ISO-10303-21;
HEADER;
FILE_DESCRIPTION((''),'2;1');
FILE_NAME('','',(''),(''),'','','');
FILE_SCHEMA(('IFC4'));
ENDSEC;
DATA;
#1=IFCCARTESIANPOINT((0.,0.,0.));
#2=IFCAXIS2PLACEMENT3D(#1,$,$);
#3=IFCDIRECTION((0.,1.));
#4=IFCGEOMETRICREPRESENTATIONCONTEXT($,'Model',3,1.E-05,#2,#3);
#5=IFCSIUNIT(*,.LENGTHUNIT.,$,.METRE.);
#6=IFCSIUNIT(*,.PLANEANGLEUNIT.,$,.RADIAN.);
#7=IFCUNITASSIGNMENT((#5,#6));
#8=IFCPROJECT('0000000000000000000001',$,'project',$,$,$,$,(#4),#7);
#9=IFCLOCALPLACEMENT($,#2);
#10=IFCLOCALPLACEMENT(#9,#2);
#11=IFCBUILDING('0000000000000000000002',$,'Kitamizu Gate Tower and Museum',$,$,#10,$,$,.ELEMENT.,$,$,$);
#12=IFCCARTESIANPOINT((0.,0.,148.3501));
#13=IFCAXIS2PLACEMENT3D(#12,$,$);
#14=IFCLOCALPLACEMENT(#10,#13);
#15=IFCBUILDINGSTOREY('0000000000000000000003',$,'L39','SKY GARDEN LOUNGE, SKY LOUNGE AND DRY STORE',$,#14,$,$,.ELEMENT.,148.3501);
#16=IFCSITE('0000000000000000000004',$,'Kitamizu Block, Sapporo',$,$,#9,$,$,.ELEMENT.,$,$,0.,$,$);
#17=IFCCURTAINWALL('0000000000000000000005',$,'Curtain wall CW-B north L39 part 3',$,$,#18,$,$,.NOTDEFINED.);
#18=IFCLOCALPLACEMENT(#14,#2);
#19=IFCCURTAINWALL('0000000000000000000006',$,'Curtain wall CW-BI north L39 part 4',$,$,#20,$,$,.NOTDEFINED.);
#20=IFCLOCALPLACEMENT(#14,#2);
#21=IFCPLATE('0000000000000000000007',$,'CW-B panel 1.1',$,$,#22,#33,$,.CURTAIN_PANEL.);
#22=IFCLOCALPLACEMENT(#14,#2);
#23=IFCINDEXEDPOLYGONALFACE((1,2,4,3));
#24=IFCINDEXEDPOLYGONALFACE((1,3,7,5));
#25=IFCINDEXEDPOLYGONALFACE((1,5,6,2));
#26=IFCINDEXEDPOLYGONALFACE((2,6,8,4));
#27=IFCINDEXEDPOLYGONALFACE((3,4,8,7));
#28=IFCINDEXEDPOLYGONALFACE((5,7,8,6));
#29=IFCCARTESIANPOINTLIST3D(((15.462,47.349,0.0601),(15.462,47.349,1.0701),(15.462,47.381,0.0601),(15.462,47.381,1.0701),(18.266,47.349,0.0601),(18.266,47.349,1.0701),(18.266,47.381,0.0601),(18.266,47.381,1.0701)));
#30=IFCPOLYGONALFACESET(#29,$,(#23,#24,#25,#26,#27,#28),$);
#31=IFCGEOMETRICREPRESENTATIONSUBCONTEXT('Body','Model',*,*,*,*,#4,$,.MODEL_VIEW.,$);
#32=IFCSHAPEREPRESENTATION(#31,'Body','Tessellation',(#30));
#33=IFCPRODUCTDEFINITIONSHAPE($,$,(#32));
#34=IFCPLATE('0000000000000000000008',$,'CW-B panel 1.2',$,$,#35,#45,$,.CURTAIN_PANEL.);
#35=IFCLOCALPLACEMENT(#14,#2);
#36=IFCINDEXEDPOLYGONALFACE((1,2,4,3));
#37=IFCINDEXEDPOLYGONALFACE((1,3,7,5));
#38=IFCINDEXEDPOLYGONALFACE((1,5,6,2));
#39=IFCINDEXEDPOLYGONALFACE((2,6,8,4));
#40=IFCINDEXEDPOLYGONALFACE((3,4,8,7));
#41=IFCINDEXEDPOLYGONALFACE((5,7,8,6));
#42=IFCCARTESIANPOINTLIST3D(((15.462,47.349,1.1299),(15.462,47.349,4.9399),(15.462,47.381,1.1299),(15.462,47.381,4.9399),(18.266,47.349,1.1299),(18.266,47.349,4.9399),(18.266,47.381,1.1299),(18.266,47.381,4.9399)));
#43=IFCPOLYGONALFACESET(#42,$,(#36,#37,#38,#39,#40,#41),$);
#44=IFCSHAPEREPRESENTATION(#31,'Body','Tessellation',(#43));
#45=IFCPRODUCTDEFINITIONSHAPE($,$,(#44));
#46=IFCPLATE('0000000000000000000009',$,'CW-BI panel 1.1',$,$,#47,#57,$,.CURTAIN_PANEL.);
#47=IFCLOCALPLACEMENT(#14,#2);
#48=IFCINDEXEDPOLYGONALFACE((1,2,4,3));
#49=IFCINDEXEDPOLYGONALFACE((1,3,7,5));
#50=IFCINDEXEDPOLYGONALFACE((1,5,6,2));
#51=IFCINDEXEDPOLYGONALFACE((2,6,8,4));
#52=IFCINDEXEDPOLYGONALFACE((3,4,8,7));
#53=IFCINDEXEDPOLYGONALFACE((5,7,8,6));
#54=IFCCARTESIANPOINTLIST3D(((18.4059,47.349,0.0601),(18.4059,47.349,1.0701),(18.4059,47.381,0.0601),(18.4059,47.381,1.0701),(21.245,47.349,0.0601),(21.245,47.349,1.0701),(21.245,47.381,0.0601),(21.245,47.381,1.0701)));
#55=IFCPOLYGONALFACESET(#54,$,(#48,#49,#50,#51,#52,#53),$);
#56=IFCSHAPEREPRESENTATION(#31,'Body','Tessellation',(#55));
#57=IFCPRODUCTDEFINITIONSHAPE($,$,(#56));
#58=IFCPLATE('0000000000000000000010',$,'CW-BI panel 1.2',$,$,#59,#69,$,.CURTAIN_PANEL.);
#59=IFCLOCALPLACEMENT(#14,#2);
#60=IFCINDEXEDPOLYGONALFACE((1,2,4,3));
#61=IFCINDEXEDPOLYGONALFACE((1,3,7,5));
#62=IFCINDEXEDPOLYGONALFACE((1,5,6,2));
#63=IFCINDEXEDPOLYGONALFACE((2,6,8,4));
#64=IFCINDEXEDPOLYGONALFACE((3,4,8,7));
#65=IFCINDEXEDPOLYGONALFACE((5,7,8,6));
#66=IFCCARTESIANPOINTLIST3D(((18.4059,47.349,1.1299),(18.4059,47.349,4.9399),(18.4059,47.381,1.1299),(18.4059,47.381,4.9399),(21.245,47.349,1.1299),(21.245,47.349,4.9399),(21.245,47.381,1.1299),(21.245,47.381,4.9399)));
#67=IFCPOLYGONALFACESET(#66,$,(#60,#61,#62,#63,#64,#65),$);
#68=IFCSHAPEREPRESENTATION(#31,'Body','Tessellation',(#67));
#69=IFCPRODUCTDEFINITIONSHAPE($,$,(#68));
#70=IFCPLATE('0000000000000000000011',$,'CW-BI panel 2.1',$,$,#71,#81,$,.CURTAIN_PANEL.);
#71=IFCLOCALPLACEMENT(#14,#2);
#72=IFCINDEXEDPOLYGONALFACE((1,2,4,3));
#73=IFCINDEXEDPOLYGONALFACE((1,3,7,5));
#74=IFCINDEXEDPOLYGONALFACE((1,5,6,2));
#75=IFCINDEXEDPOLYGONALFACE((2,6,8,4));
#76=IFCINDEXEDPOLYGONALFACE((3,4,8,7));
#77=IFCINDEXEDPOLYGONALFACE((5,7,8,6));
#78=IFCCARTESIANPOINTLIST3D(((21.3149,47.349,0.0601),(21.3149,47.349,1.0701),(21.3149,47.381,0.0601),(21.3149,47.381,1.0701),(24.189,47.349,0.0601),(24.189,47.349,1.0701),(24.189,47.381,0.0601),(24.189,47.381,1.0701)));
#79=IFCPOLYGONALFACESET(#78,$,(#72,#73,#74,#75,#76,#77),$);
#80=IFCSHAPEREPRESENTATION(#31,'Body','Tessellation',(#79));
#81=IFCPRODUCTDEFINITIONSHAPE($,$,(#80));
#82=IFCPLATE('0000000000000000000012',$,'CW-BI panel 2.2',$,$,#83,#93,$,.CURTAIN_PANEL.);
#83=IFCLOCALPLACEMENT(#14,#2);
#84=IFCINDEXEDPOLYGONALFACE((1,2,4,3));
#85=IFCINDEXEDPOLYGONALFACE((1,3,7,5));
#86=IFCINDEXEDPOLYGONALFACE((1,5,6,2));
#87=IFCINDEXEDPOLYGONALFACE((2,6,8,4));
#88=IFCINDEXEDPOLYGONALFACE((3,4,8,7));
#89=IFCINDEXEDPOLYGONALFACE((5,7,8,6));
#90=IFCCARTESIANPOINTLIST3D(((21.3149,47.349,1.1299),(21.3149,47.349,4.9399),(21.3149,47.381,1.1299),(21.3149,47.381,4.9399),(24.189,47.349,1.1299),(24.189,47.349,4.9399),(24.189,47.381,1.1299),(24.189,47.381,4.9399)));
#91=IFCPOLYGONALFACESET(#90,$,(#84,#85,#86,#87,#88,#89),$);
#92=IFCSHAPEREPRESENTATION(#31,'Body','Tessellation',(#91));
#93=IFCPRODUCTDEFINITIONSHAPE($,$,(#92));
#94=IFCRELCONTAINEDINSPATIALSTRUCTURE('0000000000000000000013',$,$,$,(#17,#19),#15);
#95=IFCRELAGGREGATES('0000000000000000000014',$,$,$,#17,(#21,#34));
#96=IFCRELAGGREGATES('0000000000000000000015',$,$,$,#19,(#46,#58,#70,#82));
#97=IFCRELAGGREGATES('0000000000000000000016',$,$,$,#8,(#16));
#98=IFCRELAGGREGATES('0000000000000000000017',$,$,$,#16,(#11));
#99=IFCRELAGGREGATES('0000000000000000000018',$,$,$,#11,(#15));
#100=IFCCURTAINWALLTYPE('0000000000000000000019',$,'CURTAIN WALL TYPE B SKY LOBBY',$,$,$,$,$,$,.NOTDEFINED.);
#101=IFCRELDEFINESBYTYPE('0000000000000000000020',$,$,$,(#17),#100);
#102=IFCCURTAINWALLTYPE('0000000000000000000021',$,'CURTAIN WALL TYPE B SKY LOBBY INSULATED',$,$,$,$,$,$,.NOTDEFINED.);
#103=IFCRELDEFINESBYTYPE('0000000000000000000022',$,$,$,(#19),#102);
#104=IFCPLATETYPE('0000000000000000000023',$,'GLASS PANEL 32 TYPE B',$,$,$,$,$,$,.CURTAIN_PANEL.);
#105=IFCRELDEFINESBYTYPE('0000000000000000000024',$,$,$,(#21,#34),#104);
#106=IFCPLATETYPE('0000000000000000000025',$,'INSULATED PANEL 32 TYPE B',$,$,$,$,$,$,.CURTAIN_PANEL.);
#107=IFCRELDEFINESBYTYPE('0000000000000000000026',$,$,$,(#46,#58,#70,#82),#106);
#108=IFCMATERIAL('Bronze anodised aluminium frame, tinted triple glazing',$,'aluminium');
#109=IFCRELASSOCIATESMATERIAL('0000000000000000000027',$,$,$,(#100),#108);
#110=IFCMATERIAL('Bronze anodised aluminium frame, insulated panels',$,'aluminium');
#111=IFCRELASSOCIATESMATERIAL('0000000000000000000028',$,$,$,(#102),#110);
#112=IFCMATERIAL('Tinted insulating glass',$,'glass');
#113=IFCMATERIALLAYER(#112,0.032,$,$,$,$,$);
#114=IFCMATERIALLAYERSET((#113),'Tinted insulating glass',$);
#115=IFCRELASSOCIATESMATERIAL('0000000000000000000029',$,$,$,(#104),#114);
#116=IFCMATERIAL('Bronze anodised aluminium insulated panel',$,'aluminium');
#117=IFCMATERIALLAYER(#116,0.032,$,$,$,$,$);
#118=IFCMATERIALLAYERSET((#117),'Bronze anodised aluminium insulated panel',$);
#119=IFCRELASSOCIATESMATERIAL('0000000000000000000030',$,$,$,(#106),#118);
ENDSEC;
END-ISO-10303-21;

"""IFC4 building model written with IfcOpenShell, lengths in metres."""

from ifc_helpers import new_model, si_unit, direction, frame, origin, origin_2d, place, context, subcontext, project, spatial, rectangle, extrude, material, layer, layer_set, type_object, element, aggregate, save


model = new_model("IFC4")

# Units and contexts
model_context = context("Model", 3, precision=1e-05, world=origin(), true_north=direction((0.0, 1.0)))
body_context = subcontext(model_context, "Body", "Model", "MODEL_VIEW")
ifc_project = project(units=[si_unit("LENGTHUNIT", "METRE"), si_unit("PLANEANGLEUNIT", "RADIAN")], contexts=[model_context])

# Site, building, storey
site_placement = place(None, origin())
site = spatial("IfcSite", under=ifc_project, at=site_placement, Name="Kitamizu Block, Sapporo", CompositionType="ELEMENT", RefElevation=0.0)
building_placement = place(site_placement, origin())
building = spatial("IfcBuilding", under=site, at=building_placement, Name="Kitamizu Gate Tower and Museum", CompositionType="ELEMENT")
storey_placement = place(building_placement, frame((0.0, 0.0, 148.3501)))
storey = spatial("IfcBuildingStorey", under=building, at=storey_placement, Name="L39", Description="SKY GARDEN LOUNGE, SKY LOUNGE AND DRY STORE", CompositionType="ELEMENT", Elevation=148.3501)

# Curtain walls
ifc_material_1 = material(Name="Bronze anodised aluminium frame, tinted triple glazing", Category="aluminium")
curtain_wall_type_1 = type_object("IfcCurtainWallType", Name="CURTAIN WALL TYPE B SKY LOBBY", PredefinedType="NOTDEFINED", material=ifc_material_1)
curtain_wall_1_placement = place(storey_placement, origin())
curtain_wall_1 = element("IfcCurtainWall", 1, at=curtain_wall_1_placement, inside=storey, type_object=curtain_wall_type_1, Name="Curtain wall CW-B north L39 part 3", PredefinedType="NOTDEFINED")
ifc_material_2 = material(Name="Bronze anodised aluminium frame, insulated panels", Category="aluminium")
curtain_wall_type_2 = type_object("IfcCurtainWallType", Name="CURTAIN WALL TYPE B SKY LOBBY INSULATED", PredefinedType="NOTDEFINED", material=ifc_material_2)
curtain_wall_2_placement = place(storey_placement, origin())
curtain_wall_2 = element("IfcCurtainWall", 2, at=curtain_wall_2_placement, inside=storey, type_object=curtain_wall_type_2, Name="Curtain wall CW-BI north L39 part 4", PredefinedType="NOTDEFINED")

# Plates
ifc_material_3 = material(Name="Tinted insulating glass", Category="glass")
ifc_layer_1 = layer(ifc_material_3, 0.032)
ifc_layer_set_1 = layer_set([ifc_layer_1], Name="Tinted insulating glass")
plate_type_1 = type_object("IfcPlateType", Name="GLASS PANEL 32 TYPE B", PredefinedType="CURTAIN_PANEL", material=ifc_layer_set_1)
plate_1_placement = place(storey_placement, frame((16.864, 47.365, 0.0601), z_axis=(0.0, 0.0, 1.0), x_axis=(1.0, 0.0, 0.0)))
plate_1 = element("IfcPlate", 3, at=plate_1_placement, type_object=plate_type_1, Name="CW-B panel 1.1", PredefinedType="CURTAIN_PANEL", context=body_context, shape_type="SweptSolid", body=[
    extrude(rectangle(XDim=2.804, YDim=0.032, at=origin_2d()), origin(), (0.0, 0.0, 1.0), 1.01),
])
plate_2_placement = place(storey_placement, frame((16.864, 47.365, 1.1299), z_axis=(0.0, 0.0, 1.0), x_axis=(1.0, 0.0, 0.0)))
plate_2 = element("IfcPlate", 4, at=plate_2_placement, type_object=plate_type_1, Name="CW-B panel 1.2", PredefinedType="CURTAIN_PANEL", context=body_context, shape_type="SweptSolid", body=[
    extrude(rectangle(XDim=2.804, YDim=0.032, at=origin_2d()), origin(), (0.0, 0.0, 1.0), 3.8101),
])
aggregate(curtain_wall_1, [plate_1, plate_2])
ifc_material_4 = material(Name="Bronze anodised aluminium insulated panel", Category="aluminium")
ifc_layer_2 = layer(ifc_material_4, 0.032)
ifc_layer_set_2 = layer_set([ifc_layer_2], Name="Bronze anodised aluminium insulated panel")
plate_type_2 = type_object("IfcPlateType", Name="INSULATED PANEL 32 TYPE B", PredefinedType="CURTAIN_PANEL", material=ifc_layer_set_2)
plate_3_placement = place(storey_placement, frame((19.8254, 47.365, 0.0601), z_axis=(0.0, 0.0, 1.0), x_axis=(1.0, 0.0, 0.0)))
plate_3 = element("IfcPlate", 5, at=plate_3_placement, type_object=plate_type_2, Name="CW-BI panel 1.1", PredefinedType="CURTAIN_PANEL", context=body_context, shape_type="SweptSolid", body=[
    extrude(rectangle(XDim=2.8391, YDim=0.032, at=origin_2d()), origin(), (0.0, 0.0, 1.0), 1.01),
])
plate_4_placement = place(storey_placement, frame((19.8254, 47.365, 1.1299), z_axis=(0.0, 0.0, 1.0), x_axis=(1.0, 0.0, 0.0)))
plate_4 = element("IfcPlate", 6, at=plate_4_placement, type_object=plate_type_2, Name="CW-BI panel 1.2", PredefinedType="CURTAIN_PANEL", context=body_context, shape_type="SweptSolid", body=[
    extrude(rectangle(XDim=2.8391, YDim=0.032, at=origin_2d()), origin(), (0.0, 0.0, 1.0), 3.8101),
])
plate_5_placement = place(storey_placement, frame((22.752, 47.365, 0.0601), z_axis=(0.0, 0.0, 1.0), x_axis=(1.0, 0.0, 0.0)))
plate_5 = element("IfcPlate", 7, at=plate_5_placement, type_object=plate_type_2, Name="CW-BI panel 2.1", PredefinedType="CURTAIN_PANEL", context=body_context, shape_type="SweptSolid", body=[
    extrude(rectangle(XDim=2.874, YDim=0.032, at=origin_2d()), origin(), (0.0, 0.0, 1.0), 1.01),
])
plate_6_placement = place(storey_placement, frame((22.752, 47.365, 1.1299), z_axis=(0.0, 0.0, 1.0), x_axis=(1.0, 0.0, 0.0)))
plate_6 = element("IfcPlate", 8, at=plate_6_placement, type_object=plate_type_2, Name="CW-BI panel 2.2", PredefinedType="CURTAIN_PANEL", context=body_context, shape_type="SweptSolid", body=[
    extrude(rectangle(XDim=2.874, YDim=0.032, at=origin_2d()), origin(), (0.0, 0.0, 1.0), 3.8101),
])
aggregate(curtain_wall_2, [plate_3, plate_4, plate_5, plate_6])

save(model, "model.ifc")
